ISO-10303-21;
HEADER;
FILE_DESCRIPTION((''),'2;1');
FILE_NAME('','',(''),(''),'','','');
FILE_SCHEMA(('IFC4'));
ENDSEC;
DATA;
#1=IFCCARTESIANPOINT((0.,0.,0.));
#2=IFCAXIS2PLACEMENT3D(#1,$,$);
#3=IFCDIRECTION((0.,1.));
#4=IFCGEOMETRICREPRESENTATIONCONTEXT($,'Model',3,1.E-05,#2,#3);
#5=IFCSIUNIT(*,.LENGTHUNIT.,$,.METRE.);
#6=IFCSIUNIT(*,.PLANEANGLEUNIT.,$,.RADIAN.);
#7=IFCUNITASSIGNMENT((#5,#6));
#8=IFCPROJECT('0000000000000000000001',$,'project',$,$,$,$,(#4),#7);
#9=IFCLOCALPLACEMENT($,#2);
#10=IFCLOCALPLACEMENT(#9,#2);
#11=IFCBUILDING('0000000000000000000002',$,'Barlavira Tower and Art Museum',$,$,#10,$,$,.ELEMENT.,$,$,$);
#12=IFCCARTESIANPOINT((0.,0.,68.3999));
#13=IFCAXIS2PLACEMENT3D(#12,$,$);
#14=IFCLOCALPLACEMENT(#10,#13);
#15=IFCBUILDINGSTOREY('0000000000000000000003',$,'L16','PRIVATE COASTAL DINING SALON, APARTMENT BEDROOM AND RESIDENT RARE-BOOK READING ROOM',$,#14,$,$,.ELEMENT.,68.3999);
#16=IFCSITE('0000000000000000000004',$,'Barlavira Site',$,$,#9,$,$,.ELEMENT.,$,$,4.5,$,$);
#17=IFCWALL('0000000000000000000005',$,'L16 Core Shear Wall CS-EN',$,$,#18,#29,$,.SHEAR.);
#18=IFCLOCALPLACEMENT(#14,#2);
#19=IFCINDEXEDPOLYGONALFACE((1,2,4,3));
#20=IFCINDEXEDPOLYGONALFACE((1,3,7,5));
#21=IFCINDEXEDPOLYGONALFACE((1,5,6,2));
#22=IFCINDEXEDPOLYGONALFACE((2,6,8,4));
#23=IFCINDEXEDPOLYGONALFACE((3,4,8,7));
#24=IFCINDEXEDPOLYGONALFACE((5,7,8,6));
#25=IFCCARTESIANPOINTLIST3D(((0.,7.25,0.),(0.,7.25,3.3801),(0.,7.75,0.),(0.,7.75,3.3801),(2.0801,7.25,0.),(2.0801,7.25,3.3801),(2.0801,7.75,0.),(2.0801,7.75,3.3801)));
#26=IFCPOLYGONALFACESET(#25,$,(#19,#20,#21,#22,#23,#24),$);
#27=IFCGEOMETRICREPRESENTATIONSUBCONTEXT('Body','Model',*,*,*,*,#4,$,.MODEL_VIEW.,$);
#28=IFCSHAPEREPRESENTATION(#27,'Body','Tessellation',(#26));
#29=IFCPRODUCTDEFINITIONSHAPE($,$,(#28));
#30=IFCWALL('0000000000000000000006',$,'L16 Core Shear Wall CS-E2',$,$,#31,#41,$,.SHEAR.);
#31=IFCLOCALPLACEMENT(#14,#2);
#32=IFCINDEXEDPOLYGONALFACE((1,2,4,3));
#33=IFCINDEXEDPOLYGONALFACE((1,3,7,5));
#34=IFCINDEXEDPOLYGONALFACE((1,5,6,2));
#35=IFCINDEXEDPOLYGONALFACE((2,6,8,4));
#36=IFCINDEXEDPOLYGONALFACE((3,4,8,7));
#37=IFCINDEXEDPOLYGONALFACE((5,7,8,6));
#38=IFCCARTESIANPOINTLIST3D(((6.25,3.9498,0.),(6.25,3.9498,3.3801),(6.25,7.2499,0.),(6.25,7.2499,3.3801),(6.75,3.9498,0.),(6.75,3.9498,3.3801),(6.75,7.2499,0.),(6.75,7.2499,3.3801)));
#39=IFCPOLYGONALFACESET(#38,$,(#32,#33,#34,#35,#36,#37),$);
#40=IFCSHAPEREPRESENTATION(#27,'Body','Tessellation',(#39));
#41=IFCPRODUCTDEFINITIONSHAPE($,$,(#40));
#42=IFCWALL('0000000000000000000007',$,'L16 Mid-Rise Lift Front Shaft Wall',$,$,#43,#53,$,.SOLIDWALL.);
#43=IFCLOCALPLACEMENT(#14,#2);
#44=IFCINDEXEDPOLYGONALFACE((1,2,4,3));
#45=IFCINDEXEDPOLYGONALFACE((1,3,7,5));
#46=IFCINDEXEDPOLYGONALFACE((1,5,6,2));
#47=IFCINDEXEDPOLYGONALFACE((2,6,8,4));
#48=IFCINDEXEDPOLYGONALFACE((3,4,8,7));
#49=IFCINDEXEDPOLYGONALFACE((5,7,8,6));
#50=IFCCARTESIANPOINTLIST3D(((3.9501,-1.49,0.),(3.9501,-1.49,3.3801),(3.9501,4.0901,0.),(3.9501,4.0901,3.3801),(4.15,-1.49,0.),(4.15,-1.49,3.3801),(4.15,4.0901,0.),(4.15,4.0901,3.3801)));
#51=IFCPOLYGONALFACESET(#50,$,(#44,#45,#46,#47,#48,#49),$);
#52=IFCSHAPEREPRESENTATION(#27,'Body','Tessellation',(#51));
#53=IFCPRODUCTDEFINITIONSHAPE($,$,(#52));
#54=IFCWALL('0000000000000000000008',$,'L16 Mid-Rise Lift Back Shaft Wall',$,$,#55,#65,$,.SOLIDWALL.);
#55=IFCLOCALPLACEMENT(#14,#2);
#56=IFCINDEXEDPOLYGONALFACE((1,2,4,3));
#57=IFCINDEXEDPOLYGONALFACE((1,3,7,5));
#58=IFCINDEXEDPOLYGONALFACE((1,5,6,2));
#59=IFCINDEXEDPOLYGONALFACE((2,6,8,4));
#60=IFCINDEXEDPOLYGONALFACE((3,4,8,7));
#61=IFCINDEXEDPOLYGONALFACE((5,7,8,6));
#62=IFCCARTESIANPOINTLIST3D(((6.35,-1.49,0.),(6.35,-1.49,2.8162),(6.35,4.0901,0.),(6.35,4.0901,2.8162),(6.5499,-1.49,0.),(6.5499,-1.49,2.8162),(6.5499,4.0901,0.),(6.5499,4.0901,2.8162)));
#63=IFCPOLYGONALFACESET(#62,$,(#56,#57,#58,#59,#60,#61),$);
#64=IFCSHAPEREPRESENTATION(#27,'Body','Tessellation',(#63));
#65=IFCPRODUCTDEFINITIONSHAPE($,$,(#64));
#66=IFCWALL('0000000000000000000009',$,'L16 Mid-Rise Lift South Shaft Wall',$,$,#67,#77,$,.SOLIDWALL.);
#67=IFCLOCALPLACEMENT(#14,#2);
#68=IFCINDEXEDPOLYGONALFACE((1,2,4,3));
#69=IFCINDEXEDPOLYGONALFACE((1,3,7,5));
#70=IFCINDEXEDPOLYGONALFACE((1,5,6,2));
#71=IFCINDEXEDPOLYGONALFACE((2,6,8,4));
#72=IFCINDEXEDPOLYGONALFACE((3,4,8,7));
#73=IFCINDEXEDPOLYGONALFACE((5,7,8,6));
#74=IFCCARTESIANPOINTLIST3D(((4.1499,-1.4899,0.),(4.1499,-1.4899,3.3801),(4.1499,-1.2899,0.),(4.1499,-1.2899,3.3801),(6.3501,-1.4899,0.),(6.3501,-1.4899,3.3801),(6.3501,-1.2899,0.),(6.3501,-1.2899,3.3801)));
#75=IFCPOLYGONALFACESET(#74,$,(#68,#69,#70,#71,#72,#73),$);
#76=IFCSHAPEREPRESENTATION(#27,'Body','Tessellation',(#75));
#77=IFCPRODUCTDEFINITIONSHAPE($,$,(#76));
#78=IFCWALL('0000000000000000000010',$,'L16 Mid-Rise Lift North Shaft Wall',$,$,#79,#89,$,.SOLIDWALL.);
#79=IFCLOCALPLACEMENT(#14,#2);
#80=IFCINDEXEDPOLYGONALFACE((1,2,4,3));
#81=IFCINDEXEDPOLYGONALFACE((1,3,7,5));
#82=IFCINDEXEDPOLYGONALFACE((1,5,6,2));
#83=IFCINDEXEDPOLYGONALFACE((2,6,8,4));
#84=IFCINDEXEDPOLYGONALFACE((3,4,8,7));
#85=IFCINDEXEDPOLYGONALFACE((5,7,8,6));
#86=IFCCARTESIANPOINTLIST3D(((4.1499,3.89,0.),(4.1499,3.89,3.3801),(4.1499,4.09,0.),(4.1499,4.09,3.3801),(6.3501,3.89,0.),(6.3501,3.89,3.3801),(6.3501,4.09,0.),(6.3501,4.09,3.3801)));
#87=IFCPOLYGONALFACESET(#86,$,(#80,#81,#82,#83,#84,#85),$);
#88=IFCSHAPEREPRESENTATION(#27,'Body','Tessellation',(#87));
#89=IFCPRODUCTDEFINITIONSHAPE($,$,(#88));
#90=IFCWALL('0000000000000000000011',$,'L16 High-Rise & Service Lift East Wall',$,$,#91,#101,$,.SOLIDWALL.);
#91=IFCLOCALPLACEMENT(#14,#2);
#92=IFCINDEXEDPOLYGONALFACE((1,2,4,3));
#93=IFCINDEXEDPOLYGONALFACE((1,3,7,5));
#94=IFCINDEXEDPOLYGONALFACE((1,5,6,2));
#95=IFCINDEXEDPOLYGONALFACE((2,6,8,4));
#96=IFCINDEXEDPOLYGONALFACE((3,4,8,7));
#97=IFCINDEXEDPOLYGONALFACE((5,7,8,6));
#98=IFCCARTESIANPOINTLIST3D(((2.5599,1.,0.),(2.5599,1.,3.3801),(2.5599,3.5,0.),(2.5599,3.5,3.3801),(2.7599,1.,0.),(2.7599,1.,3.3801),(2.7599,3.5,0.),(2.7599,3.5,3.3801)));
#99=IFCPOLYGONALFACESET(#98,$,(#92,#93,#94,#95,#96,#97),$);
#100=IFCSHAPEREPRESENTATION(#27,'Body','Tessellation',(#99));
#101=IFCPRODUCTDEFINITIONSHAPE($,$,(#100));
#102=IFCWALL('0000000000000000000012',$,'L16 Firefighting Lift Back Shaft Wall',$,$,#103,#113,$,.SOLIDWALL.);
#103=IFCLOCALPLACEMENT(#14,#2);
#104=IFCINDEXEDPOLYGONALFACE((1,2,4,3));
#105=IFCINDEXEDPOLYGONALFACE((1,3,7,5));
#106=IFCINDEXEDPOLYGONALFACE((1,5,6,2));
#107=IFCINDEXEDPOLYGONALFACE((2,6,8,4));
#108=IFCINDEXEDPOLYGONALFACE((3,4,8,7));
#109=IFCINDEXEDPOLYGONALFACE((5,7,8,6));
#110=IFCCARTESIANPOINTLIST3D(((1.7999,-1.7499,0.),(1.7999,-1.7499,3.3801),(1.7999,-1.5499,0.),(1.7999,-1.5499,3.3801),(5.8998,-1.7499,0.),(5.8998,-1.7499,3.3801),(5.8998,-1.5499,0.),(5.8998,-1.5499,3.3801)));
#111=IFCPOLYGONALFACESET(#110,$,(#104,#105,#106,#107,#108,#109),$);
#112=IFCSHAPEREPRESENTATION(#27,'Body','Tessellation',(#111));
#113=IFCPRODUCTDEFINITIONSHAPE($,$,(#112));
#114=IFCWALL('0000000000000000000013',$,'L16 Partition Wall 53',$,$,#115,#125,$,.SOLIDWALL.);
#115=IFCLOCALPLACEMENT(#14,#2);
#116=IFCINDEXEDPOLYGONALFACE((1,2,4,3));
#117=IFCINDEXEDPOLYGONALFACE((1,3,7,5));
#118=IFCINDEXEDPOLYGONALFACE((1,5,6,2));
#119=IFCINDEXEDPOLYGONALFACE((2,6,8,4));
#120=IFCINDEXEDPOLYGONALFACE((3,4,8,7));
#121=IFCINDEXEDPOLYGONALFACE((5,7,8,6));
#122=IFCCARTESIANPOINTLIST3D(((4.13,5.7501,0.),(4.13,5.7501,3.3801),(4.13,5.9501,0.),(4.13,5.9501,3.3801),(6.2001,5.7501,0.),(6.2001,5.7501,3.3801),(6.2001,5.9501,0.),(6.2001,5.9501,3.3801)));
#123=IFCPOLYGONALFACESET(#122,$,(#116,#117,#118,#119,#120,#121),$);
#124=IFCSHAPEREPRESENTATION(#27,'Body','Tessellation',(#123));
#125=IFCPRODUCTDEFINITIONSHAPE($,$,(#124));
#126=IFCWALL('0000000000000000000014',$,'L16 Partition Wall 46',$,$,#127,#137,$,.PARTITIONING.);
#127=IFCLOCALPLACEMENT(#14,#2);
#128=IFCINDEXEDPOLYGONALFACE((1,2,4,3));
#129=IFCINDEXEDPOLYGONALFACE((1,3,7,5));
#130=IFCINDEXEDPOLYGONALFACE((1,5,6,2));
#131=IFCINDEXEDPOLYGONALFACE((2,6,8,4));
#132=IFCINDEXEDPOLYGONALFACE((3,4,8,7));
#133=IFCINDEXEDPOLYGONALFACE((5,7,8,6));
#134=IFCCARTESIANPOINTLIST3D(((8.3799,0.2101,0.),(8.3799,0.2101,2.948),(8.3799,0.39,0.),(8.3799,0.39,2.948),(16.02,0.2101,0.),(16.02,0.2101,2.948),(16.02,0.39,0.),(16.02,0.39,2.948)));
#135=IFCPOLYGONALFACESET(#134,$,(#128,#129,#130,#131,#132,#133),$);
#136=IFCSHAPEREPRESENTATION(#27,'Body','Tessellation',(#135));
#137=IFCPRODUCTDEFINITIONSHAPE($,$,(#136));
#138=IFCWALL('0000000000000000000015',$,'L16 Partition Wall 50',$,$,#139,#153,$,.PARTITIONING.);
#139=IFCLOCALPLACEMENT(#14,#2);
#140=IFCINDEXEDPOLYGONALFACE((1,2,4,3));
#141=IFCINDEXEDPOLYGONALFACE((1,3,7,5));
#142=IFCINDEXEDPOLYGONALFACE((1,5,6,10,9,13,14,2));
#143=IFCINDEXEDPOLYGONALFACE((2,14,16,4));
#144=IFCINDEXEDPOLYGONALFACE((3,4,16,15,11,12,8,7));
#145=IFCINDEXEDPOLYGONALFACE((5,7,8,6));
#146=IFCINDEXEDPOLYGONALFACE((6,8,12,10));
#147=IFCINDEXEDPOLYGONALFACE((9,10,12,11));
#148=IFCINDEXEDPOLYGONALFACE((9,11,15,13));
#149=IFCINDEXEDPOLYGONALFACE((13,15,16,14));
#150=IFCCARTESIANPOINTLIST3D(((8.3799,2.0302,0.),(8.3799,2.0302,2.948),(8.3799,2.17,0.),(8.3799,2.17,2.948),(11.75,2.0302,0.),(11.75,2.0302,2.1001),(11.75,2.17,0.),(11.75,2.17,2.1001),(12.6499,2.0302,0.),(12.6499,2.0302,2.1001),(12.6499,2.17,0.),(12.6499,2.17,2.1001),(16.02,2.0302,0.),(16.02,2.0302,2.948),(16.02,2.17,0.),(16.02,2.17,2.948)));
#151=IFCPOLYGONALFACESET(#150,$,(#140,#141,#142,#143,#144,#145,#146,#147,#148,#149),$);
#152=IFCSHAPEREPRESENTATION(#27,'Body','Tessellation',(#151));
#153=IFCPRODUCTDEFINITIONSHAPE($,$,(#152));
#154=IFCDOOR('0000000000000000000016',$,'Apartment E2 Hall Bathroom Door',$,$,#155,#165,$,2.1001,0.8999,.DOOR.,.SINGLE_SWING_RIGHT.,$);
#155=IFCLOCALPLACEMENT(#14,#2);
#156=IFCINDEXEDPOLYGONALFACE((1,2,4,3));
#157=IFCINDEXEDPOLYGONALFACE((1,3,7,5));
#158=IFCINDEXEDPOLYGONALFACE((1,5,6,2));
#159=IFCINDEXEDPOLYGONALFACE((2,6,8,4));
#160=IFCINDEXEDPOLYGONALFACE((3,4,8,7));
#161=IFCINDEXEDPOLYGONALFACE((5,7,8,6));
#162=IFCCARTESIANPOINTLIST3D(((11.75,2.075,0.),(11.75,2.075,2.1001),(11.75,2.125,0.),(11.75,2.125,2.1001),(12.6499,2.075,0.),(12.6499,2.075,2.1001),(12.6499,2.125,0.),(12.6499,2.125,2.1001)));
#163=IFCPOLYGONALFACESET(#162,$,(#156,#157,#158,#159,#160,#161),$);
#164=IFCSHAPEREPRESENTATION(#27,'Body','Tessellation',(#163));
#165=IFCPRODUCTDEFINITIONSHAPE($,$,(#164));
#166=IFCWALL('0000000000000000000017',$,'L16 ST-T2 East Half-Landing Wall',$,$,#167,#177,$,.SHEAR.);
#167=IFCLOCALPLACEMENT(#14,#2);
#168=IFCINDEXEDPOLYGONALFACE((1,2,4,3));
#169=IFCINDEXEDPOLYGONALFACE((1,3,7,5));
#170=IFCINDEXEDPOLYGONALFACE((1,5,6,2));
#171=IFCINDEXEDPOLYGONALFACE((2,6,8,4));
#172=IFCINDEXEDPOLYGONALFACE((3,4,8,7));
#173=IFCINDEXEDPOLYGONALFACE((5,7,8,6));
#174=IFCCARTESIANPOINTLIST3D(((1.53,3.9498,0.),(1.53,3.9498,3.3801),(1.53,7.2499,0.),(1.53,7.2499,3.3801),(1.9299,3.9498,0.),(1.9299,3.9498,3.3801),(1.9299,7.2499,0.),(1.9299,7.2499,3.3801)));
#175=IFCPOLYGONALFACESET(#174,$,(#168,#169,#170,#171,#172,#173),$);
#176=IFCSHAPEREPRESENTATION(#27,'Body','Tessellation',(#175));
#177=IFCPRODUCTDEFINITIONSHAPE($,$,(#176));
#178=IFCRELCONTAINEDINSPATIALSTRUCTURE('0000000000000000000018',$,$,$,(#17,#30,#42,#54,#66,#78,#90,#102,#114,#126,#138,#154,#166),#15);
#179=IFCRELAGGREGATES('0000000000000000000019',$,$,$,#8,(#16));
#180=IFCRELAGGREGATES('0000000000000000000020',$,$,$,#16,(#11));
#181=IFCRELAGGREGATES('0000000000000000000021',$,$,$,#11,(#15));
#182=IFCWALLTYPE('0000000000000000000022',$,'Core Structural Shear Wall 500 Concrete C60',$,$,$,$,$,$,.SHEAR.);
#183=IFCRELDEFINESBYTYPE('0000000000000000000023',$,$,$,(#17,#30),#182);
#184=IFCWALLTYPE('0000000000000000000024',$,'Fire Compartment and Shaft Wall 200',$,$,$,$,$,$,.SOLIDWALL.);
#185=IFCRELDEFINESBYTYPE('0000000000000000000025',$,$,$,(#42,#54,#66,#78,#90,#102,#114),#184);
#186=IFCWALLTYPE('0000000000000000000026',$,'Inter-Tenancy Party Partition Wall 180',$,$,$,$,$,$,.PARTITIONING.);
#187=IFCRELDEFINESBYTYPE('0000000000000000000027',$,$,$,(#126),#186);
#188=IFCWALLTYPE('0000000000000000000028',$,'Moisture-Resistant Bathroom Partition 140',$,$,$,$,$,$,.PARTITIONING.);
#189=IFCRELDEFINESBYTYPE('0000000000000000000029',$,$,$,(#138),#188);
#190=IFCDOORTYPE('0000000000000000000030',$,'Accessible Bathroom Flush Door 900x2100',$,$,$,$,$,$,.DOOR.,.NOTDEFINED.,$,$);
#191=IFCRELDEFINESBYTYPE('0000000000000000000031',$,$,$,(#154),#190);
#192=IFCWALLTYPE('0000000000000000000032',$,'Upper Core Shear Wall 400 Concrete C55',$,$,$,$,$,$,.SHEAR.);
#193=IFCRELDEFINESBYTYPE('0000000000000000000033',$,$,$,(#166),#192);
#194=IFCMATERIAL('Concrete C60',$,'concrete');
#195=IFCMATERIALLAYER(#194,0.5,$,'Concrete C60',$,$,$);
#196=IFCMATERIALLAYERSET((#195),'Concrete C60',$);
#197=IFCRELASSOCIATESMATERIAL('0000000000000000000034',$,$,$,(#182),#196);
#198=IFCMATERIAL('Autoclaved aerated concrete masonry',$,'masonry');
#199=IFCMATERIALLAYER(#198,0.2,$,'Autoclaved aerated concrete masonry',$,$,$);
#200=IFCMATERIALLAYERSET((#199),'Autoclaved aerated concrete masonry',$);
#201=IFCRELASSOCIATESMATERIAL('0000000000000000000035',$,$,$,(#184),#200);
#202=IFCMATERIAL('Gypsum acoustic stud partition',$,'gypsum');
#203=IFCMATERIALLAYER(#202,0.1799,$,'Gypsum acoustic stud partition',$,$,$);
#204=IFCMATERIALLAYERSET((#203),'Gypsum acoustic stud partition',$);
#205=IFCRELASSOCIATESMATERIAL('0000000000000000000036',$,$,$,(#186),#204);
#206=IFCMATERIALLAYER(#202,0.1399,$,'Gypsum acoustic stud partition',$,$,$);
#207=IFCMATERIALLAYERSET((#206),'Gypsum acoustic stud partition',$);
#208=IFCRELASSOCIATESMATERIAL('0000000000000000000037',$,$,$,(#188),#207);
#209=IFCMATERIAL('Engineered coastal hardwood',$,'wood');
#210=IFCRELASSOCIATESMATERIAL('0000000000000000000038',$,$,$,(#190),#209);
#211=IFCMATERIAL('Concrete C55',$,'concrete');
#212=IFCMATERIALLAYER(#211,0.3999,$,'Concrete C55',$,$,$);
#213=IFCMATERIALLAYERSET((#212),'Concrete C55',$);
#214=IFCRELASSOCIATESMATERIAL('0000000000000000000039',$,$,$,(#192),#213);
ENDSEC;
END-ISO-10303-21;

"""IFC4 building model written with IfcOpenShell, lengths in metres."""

from ifc_helpers import new_model, si_unit, direction, frame, frame_2d, origin, place, context, subcontext, project, spatial, rectangle, extrude, material, layer, layer_set, type_object, element, fill, save


model = new_model("IFC4")

# Units and contexts
model_context = context("Model", 3, precision=1e-05, world=origin(), true_north=direction((0.0, 1.0)))
body_context = subcontext(model_context, "Body", "Model", "MODEL_VIEW")
ifc_project = project(units=[si_unit("LENGTHUNIT", "METRE"), si_unit("PLANEANGLEUNIT", "RADIAN")], contexts=[model_context])

# Site, building, storey
site_placement = place(None, origin())
site = spatial("IfcSite", under=ifc_project, at=site_placement, Name="Barlavira Site", CompositionType="ELEMENT", RefElevation=4.5)
building_placement = place(site_placement, origin())
building = spatial("IfcBuilding", under=site, at=building_placement, Name="Barlavira Tower and Art Museum", CompositionType="ELEMENT")
storey_placement = place(building_placement, frame((0.0, 0.0, 68.3999)))
storey = spatial("IfcBuildingStorey", under=building, at=storey_placement, Name="L16", Description="PRIVATE COASTAL DINING SALON, APARTMENT BEDROOM AND RESIDENT RARE-BOOK READING ROOM", CompositionType="ELEMENT", Elevation=68.3999)

# Shared definitions
ifc_material_1 = material(Name="Gypsum acoustic stud partition", Category="gypsum")
ifc_material_2 = material(Name="Engineered coastal hardwood", Category="wood")

# Walls
ifc_material_3 = material(Name="Concrete C60", Category="concrete")
ifc_layer_1 = layer(ifc_material_3, 0.5, Name="Concrete C60")
ifc_layer_set_1 = layer_set([ifc_layer_1], Name="Concrete C60")
wall_type_1 = type_object("IfcWallType", Name="Core Structural Shear Wall 500 Concrete C60", PredefinedType="SHEAR", material=ifc_layer_set_1)
wall_1_placement = place(storey_placement, frame((0.0, 7.5, 0.0), z_axis=(0.0, 0.0, 1.0), x_axis=(1.0, 0.0, 0.0)))
element("IfcWall", 1, at=wall_1_placement, inside=storey, type_object=wall_type_1, Name="L16 Core Shear Wall CS-EN", PredefinedType="SHEAR", context=body_context, shape_type="SweptSolid", body=[
    extrude(rectangle(XDim=2.0801, YDim=0.5, at=frame_2d((1.04, 0.0))), origin(), (0.0, 0.0, 1.0), 3.3801),
])
wall_2_placement = place(storey_placement, frame((6.5, 3.95, 0.0), z_axis=(0.0, 0.0, 1.0), x_axis=(0.0, 1.0, 0.0)))
element("IfcWall", 2, at=wall_2_placement, inside=storey, type_object=wall_type_1, Name="L16 Core Shear Wall CS-E2", PredefinedType="SHEAR", context=body_context, shape_type="SweptSolid", body=[
    extrude(rectangle(XDim=3.3, YDim=0.5, at=frame_2d((1.6499, 0.0))), origin(), (0.0, 0.0, 1.0), 3.3801),
])
ifc_material_4 = material(Name="Autoclaved aerated concrete masonry", Category="masonry")
ifc_layer_2 = layer(ifc_material_4, 0.2, Name="Autoclaved aerated concrete masonry")
ifc_layer_set_2 = layer_set([ifc_layer_2], Name="Autoclaved aerated concrete masonry")
wall_type_2 = type_object("IfcWallType", Name="Fire Compartment and Shaft Wall 200", PredefinedType="SOLIDWALL", material=ifc_layer_set_2)
wall_3_placement = place(storey_placement, frame((4.05, -1.49, 0.0), z_axis=(0.0, 0.0, 1.0), x_axis=(0.0, 1.0, 0.0)))
element("IfcWall", 3, at=wall_3_placement, inside=storey, type_object=wall_type_2, Name="L16 Mid-Rise Lift Front Shaft Wall", PredefinedType="SOLIDWALL", context=body_context, shape_type="SweptSolid", body=[
    extrude(rectangle(XDim=5.5801, YDim=0.2, at=frame_2d((2.79, 0.0))), origin(), (0.0, 0.0, 1.0), 3.3801),
])
wall_4_placement = place(storey_placement, frame((6.45, -1.49, 0.0), z_axis=(0.0, 0.0, 1.0), x_axis=(0.0, 1.0, 0.0)))
element("IfcWall", 4, at=wall_4_placement, inside=storey, type_object=wall_type_2, Name="L16 Mid-Rise Lift Back Shaft Wall", PredefinedType="SOLIDWALL", context=body_context, shape_type="SweptSolid", body=[
    extrude(rectangle(XDim=5.5801, YDim=0.2, at=frame_2d((2.79, 0.0))), origin(), (0.0, 0.0, 1.0), 2.8162),
])
for number, where, z_axis, x_axis, name in (
    (5, (4.1499, -1.3899, 0.0), (0.0, 0.0, 1.0), (1.0, 0.0, 0.0), "L16 Mid-Rise Lift South Shaft Wall"),
    (6, (4.1499, 3.99, 0.0), (0.0, 0.0, 1.0), (1.0, 0.0, 0.0), "L16 Mid-Rise Lift North Shaft Wall"),
):
    element("IfcWall", number, at=place(storey_placement, frame(where, z_axis=z_axis, x_axis=x_axis)), inside=storey, type_object=wall_type_2, Name=name, PredefinedType="SOLIDWALL", context=body_context, shape_type="SweptSolid", body=[
        extrude(rectangle(XDim=2.2002, YDim=0.2, at=frame_2d((1.1001, 0.0))), origin(), (0.0, 0.0, 1.0), 3.3801),
    ])
wall_5_placement = place(storey_placement, frame((2.6599, 1.0, 0.0), z_axis=(0.0, 0.0, 1.0), x_axis=(0.0, 1.0, 0.0)))
element("IfcWall", 7, at=wall_5_placement, inside=storey, type_object=wall_type_2, Name="L16 High-Rise & Service Lift East Wall", PredefinedType="SOLIDWALL", context=body_context, shape_type="SweptSolid", body=[
    extrude(rectangle(XDim=2.5, YDim=0.2, at=frame_2d((1.25, 0.0))), origin(), (0.0, 0.0, 1.0), 3.3801),
])
wall_6_placement = place(storey_placement, frame((1.8, -1.6499, 0.0), z_axis=(0.0, 0.0, 1.0), x_axis=(1.0, 0.0, 0.0)))
element("IfcWall", 8, at=wall_6_placement, inside=storey, type_object=wall_type_2, Name="L16 Firefighting Lift Back Shaft Wall", PredefinedType="SOLIDWALL", context=body_context, shape_type="SweptSolid", body=[
    extrude(rectangle(XDim=4.0999, YDim=0.2, at=frame_2d((2.0498, 0.0))), origin(), (0.0, 0.0, 1.0), 3.3801),
])

# Walls
wall_7_placement = place(storey_placement, frame((4.1299, 5.8501, 0.0), z_axis=(0.0, 0.0, 1.0), x_axis=(1.0, 0.0, 0.0)))
element("IfcWall", 9, at=wall_7_placement, inside=storey, type_object=wall_type_2, Name="L16 Partition Wall 53", PredefinedType="SOLIDWALL", context=body_context, shape_type="SweptSolid", body=[
    extrude(rectangle(XDim=2.0701, YDim=0.2, at=frame_2d((1.0352, 0.0))), origin(), (0.0, 0.0, 1.0), 3.3801),
])
ifc_layer_3 = layer(ifc_material_1, 0.1799, Name="Gypsum acoustic stud partition")
ifc_layer_set_3 = layer_set([ifc_layer_3], Name="Gypsum acoustic stud partition")
wall_type_3 = type_object("IfcWallType", Name="Inter-Tenancy Party Partition Wall 180", PredefinedType="PARTITIONING", material=ifc_layer_set_3)
wall_8_placement = place(storey_placement, frame((8.3799, 0.3, 0.0), z_axis=(0.0, 0.0, 1.0), x_axis=(1.0, 0.0, 0.0)))
element("IfcWall", 10, at=wall_8_placement, inside=storey, type_object=wall_type_3, Name="L16 Partition Wall 46", PredefinedType="PARTITIONING", context=body_context, shape_type="SweptSolid", body=[
    extrude(rectangle(XDim=7.6401, YDim=0.1799, at=frame_2d((3.8201, 0.0))), origin(), (0.0, 0.0, 1.0), 2.948),
])

# Wall, opening, door
ifc_layer_4 = layer(ifc_material_1, 0.1399, Name="Gypsum acoustic stud partition")
ifc_layer_set_4 = layer_set([ifc_layer_4], Name="Gypsum acoustic stud partition")
wall_type_4 = type_object("IfcWallType", Name="Moisture-Resistant Bathroom Partition 140", PredefinedType="PARTITIONING", material=ifc_layer_set_4)
wall_9_placement = place(storey_placement, frame((8.3799, 2.1001, 0.0), z_axis=(0.0, 0.0, 1.0), x_axis=(1.0, 0.0, 0.0)))
wall_9 = element("IfcWall", 11, at=wall_9_placement, inside=storey, type_object=wall_type_4, Name="L16 Partition Wall 50", PredefinedType="PARTITIONING", context=body_context, shape_type="SweptSolid", body=[
    extrude(rectangle(XDim=7.6401, YDim=0.1399, at=frame_2d((3.8201, 0.0))), origin(), (0.0, 0.0, 1.0), 2.948),
])
opening_1_placement = place(wall_9_placement, frame((3.3701, 0.0, 0.0)))
opening_1 = element("IfcOpeningElement", 12, at=opening_1_placement, cuts=wall_9, PredefinedType="OPENING", context=body_context, shape_type="SweptSolid", body=[
    extrude(rectangle(XDim=0.8999, YDim=2.1001, at=frame_2d((0.45, 1.05))), frame((0.0, 0.0801, 0.0), z_axis=(0.0, -1.0, 0.0), x_axis=(1.0, 0.0, 0.0)), (0.0, 0.0, 1.0), 0.1599),
])
door_type_1 = type_object("IfcDoorType", Name="Accessible Bathroom Flush Door 900x2100", OperationType="NOTDEFINED", PredefinedType="DOOR", material=ifc_material_2)
door_1_placement = place(opening_1_placement, origin())
door_1 = element("IfcDoor", 13, at=door_1_placement, inside=storey, type_object=door_type_1, Name="Apartment E2 Hall Bathroom Door", OperationType="SINGLE_SWING_RIGHT", OverallHeight=2.1001, OverallWidth=0.8999, PredefinedType="DOOR", context=body_context, shape_type="SweptSolid", body=[
    extrude(rectangle(XDim=0.8999, YDim=2.1001, at=frame_2d((0.45, 1.05))), frame((0.0, 0.0249, 0.0), z_axis=(0.0, -1.0, 0.0), x_axis=(1.0, 0.0, 0.0)), (0.0, 0.0, 1.0), 0.05),
])
fill(opening_1, door_1)

# Wall
ifc_material_5 = material(Name="Concrete C55", Category="concrete")
ifc_layer_5 = layer(ifc_material_5, 0.3999, Name="Concrete C55")
ifc_layer_set_5 = layer_set([ifc_layer_5], Name="Concrete C55")
wall_type_5 = type_object("IfcWallType", Name="Upper Core Shear Wall 400 Concrete C55", PredefinedType="SHEAR", material=ifc_layer_set_5)
wall_10_placement = place(storey_placement, frame((1.73, 3.95, 0.0), z_axis=(0.0, 0.0, 1.0), x_axis=(0.0, 1.0, 0.0)))
element("IfcWall", 14, at=wall_10_placement, inside=storey, type_object=wall_type_5, Name="L16 ST-T2 East Half-Landing Wall", PredefinedType="SHEAR", context=body_context, shape_type="SweptSolid", body=[
    extrude(rectangle(XDim=3.3, YDim=0.3999, at=frame_2d((1.6499, 0.0))), origin(), (0.0, 0.0, 1.0), 3.3801),
])

save(model, "model.ifc")
